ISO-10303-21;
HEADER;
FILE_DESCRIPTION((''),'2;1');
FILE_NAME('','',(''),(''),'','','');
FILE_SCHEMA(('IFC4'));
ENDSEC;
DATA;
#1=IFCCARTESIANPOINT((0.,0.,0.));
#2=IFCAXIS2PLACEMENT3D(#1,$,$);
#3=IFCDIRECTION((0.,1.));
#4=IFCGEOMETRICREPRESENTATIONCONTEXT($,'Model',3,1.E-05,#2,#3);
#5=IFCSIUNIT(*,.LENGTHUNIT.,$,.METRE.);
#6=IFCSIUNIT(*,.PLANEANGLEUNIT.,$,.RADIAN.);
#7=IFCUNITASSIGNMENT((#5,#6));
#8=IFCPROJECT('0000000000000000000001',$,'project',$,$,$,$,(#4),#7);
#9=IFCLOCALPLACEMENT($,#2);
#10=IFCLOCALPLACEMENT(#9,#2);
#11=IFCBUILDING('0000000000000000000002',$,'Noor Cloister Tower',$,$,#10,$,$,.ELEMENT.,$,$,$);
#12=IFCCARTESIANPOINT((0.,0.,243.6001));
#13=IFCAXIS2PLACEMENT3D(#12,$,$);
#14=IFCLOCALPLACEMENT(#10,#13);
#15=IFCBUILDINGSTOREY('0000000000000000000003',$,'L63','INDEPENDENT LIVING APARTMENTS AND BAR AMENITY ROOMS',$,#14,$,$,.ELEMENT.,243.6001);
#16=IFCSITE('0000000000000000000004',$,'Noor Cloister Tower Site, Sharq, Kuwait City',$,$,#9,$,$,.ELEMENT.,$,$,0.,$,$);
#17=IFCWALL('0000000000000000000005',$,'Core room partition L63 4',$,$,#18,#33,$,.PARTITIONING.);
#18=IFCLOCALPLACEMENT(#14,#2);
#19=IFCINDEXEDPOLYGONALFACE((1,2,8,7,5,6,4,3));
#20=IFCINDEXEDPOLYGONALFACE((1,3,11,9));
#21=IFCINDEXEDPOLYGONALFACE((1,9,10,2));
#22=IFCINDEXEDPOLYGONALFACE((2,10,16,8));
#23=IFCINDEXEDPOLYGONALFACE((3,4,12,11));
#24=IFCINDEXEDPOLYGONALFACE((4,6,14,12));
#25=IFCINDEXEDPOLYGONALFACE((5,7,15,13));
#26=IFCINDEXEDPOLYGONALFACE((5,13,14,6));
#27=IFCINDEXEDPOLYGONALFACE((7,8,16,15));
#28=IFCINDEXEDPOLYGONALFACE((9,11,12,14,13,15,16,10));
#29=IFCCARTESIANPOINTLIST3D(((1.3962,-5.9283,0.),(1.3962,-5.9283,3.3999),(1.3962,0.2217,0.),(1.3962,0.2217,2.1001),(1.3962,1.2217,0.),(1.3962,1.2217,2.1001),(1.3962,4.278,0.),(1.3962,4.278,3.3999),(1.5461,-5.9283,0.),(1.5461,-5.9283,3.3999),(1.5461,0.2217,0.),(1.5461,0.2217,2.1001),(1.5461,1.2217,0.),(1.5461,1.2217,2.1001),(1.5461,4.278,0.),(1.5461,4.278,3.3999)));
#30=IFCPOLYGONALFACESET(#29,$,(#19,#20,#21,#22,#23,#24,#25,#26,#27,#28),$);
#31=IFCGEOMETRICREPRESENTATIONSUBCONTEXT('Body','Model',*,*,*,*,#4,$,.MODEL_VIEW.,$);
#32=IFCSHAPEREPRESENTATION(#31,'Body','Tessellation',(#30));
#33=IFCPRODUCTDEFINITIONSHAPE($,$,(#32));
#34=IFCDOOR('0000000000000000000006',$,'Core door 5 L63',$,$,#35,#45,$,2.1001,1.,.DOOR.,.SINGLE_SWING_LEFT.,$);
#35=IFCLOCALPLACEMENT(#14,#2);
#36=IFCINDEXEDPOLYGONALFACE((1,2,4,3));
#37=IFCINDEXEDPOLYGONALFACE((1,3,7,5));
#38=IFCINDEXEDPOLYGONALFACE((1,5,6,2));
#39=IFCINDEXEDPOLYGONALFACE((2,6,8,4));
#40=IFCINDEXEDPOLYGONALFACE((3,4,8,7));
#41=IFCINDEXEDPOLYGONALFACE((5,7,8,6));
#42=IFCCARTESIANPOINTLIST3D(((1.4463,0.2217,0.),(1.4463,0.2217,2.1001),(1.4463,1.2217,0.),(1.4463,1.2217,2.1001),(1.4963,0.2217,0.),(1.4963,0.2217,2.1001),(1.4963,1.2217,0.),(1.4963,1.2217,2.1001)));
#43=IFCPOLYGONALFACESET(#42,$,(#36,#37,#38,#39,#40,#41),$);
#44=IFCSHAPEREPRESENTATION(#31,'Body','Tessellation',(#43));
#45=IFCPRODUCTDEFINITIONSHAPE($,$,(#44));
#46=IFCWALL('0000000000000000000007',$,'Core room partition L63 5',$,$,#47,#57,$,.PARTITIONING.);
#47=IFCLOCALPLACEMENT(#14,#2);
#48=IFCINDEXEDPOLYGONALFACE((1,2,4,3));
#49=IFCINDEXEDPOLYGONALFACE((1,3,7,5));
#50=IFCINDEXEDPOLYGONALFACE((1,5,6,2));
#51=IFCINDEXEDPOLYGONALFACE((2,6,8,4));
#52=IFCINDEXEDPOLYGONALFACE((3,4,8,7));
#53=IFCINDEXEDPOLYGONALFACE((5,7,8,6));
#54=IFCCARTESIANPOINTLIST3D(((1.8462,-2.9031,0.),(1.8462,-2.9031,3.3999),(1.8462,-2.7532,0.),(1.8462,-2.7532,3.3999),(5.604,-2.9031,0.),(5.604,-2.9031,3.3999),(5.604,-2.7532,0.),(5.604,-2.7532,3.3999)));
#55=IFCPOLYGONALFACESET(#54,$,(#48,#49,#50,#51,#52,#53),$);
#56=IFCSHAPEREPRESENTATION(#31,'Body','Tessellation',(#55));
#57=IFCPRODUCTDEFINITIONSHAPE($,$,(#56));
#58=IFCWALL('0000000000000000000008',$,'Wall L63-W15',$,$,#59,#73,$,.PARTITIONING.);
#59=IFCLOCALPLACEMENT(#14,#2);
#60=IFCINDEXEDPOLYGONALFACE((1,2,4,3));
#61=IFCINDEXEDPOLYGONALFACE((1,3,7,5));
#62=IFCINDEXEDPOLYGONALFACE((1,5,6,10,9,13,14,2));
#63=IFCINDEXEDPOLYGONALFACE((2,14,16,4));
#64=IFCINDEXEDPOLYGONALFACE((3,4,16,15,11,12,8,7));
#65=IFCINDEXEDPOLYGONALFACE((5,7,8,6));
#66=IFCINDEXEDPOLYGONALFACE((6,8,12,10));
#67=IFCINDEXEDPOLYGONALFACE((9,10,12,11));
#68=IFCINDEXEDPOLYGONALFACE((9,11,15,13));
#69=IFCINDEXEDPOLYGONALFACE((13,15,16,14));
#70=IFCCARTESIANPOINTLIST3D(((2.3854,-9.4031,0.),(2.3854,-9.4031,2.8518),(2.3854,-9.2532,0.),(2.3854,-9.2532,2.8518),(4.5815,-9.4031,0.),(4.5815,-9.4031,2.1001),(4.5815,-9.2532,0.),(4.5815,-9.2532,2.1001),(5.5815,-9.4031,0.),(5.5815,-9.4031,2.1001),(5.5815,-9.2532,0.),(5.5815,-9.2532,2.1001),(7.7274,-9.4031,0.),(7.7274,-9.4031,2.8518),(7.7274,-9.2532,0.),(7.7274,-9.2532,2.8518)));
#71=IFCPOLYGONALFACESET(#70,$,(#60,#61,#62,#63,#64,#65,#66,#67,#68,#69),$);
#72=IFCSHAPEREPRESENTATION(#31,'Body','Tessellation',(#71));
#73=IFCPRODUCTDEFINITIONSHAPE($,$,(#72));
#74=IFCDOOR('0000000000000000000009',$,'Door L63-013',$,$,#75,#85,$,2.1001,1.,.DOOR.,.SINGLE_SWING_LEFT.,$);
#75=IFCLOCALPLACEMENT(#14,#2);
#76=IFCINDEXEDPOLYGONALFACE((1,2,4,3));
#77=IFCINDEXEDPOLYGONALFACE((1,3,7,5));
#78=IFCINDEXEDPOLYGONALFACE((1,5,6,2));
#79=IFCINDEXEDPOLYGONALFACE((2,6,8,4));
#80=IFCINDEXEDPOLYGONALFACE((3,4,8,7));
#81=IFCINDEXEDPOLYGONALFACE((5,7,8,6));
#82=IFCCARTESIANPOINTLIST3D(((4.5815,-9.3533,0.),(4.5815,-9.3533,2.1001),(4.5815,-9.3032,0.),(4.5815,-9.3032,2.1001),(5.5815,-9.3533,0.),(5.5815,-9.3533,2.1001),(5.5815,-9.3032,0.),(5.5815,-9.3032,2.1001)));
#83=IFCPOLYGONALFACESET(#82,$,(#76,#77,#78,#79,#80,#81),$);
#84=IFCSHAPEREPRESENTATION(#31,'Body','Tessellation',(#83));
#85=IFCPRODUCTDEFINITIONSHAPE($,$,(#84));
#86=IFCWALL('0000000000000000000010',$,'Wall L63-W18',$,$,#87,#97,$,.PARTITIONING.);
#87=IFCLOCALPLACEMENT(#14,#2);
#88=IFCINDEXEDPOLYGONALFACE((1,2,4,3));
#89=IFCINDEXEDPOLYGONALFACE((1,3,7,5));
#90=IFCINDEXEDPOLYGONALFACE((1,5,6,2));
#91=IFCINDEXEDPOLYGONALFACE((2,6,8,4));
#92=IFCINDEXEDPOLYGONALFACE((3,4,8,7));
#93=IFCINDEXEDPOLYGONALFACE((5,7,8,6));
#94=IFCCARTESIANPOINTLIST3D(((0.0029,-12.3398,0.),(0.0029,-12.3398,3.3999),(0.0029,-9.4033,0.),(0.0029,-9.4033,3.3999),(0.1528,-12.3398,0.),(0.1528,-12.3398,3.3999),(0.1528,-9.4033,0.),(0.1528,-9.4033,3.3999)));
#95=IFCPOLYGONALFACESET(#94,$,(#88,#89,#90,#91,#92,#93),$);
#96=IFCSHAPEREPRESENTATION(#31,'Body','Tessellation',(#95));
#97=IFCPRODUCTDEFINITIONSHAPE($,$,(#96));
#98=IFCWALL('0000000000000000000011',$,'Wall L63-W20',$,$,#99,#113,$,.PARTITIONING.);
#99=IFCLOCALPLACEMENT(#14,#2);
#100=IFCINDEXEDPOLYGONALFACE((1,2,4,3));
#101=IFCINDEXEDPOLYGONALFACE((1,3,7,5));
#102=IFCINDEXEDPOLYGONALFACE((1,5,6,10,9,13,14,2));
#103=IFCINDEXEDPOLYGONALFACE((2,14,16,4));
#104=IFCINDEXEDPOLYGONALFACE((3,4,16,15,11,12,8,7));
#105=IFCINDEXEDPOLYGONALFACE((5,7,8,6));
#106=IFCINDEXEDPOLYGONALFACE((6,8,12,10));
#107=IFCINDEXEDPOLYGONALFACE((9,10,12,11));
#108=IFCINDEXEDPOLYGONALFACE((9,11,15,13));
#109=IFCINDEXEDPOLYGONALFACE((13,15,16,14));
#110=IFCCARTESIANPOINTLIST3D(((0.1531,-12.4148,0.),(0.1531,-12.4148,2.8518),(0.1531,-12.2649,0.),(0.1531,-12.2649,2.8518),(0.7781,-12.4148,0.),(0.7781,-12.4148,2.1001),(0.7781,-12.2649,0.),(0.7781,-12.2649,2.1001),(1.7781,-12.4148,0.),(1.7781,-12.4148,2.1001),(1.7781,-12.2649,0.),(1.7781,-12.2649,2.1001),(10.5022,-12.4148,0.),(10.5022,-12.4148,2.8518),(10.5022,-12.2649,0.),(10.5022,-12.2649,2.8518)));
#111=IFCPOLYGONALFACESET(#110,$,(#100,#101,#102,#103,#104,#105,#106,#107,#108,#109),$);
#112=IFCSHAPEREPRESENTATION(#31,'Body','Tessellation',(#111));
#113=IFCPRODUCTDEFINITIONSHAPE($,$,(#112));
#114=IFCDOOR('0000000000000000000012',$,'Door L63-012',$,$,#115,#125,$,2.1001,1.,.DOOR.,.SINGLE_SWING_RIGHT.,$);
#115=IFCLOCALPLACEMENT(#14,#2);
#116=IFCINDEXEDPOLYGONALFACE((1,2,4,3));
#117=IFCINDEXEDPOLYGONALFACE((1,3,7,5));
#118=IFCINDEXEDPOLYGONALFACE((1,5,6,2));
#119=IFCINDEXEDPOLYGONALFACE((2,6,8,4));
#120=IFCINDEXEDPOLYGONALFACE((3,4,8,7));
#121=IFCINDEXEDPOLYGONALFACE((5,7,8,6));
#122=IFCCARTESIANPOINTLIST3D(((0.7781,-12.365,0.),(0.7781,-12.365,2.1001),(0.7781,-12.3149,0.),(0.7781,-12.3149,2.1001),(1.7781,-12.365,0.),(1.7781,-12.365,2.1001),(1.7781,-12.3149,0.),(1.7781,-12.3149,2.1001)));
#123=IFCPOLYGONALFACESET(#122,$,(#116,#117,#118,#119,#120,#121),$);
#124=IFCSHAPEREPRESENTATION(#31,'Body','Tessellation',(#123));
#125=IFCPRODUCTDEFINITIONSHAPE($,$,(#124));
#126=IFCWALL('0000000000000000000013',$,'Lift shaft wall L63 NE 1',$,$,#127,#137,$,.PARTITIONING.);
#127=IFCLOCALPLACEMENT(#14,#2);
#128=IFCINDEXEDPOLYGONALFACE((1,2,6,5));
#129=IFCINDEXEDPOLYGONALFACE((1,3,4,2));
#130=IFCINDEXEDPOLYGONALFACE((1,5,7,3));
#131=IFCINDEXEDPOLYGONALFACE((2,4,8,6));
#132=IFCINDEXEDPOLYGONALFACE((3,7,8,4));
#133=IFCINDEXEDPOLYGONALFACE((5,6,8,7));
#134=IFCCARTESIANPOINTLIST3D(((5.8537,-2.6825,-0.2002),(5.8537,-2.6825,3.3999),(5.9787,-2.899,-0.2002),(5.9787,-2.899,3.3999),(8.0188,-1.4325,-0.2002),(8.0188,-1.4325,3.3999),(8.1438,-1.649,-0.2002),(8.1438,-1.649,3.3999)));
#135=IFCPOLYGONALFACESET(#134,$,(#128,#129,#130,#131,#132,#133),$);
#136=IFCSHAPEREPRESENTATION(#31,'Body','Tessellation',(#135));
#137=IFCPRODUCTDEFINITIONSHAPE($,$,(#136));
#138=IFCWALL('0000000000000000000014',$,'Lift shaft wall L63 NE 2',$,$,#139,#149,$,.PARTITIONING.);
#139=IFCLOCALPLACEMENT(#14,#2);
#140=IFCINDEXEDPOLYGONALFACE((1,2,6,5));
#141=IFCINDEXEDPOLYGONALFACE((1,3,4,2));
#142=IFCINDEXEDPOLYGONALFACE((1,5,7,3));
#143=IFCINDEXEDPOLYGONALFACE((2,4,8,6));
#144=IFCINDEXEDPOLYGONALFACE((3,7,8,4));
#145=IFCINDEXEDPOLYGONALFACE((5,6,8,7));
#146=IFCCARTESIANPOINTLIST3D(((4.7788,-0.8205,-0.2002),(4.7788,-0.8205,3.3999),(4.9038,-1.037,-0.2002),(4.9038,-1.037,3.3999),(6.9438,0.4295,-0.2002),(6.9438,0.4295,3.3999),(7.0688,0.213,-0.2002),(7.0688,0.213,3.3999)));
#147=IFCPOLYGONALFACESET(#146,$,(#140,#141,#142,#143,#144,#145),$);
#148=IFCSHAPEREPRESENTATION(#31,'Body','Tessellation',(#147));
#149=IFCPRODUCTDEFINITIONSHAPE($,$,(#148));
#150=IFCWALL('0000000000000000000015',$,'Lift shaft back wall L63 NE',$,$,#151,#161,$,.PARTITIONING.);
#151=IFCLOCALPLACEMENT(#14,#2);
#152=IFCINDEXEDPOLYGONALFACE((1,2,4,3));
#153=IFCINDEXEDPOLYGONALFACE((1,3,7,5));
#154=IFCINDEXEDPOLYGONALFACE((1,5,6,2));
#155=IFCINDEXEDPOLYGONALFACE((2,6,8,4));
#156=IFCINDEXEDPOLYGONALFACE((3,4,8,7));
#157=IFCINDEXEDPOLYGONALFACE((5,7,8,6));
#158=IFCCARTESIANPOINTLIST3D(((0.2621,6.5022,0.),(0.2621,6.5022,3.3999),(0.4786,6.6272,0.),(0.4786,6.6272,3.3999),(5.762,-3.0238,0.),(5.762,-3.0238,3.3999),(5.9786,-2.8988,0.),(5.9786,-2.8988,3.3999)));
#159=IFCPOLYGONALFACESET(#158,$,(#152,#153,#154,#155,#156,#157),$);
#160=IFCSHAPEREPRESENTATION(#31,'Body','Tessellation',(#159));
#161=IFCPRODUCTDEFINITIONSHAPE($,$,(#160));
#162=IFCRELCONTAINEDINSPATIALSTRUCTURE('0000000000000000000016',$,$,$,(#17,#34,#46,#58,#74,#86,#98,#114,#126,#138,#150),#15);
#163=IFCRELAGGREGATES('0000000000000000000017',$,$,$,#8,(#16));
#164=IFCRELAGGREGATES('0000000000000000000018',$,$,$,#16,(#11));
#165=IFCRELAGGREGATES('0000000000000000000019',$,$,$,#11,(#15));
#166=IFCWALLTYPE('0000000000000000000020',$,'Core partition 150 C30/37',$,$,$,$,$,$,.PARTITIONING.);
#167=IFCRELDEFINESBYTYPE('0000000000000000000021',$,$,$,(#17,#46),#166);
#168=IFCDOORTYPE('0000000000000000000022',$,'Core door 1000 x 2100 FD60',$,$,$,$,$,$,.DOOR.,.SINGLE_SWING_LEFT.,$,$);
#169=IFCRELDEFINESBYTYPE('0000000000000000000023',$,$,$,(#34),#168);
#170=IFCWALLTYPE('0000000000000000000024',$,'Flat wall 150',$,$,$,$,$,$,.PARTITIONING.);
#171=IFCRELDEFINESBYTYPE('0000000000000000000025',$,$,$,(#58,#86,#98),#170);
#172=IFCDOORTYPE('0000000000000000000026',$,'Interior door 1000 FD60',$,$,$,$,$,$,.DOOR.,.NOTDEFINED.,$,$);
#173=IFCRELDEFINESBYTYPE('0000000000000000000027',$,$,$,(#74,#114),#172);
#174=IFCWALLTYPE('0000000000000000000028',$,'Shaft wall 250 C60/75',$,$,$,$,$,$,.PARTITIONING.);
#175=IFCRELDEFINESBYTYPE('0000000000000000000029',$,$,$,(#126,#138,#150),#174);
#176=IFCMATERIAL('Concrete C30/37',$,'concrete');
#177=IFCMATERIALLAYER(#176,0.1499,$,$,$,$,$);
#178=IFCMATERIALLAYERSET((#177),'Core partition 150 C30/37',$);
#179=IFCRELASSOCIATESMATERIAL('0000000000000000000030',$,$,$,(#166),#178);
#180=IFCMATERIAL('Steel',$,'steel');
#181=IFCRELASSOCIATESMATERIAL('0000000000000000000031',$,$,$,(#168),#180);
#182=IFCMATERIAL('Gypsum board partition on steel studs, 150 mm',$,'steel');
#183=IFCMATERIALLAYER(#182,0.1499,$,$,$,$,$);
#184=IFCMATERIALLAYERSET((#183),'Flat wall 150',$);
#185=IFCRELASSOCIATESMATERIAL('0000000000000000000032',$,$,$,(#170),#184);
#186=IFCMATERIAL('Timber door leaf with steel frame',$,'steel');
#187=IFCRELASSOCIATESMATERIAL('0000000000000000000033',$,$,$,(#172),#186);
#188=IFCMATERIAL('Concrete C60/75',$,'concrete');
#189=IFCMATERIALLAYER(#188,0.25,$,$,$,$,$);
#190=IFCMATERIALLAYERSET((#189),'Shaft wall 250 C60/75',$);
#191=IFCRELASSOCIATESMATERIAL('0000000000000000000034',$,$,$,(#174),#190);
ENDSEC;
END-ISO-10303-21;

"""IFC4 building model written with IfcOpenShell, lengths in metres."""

from ifc_helpers import new_model, si_unit, direction, frame, frame_2d, origin, place, context, subcontext, project, spatial, rectangle, extrude, material, layer, layer_set, type_object, element, fill, save


model = new_model("IFC4")

# Units and contexts
model_context = context("Model", 3, precision=1e-05, world=origin(), true_north=direction((0.0, 1.0)))
body_context = subcontext(model_context, "Body", "Model", "MODEL_VIEW")
ifc_project = project(units=[si_unit("LENGTHUNIT", "METRE"), si_unit("PLANEANGLEUNIT", "RADIAN")], contexts=[model_context])

# Site, building, storey
site_placement = place(None, origin())
site = spatial("IfcSite", under=ifc_project, at=site_placement, Name="Noor Cloister Tower Site, Sharq, Kuwait City", CompositionType="ELEMENT", RefElevation=0.0)
building_placement = place(site_placement, origin())
building = spatial("IfcBuilding", under=site, at=building_placement, Name="Noor Cloister Tower", CompositionType="ELEMENT")
storey_placement = place(building_placement, frame((0.0, 0.0, 243.6001)))
storey = spatial("IfcBuildingStorey", under=building, at=storey_placement, Name="L63", Description="INDEPENDENT LIVING APARTMENTS AND BAR AMENITY ROOMS", CompositionType="ELEMENT", Elevation=243.6001)

# Wall, opening, door
ifc_material_1 = material(Name="Concrete C30/37", Category="concrete")
ifc_layer_1 = layer(ifc_material_1, 0.1499)
ifc_layer_set_1 = layer_set([ifc_layer_1], Name="Core partition 150 C30/37")
wall_type_1 = type_object("IfcWallType", Name="Core partition 150 C30/37", PredefinedType="PARTITIONING", material=ifc_layer_set_1)
wall_1_placement = place(storey_placement, frame((1.4712, -5.9282, 0.0), z_axis=(0.0, 0.0, 1.0), x_axis=(0.0, 1.0, 0.0)))
wall_1 = element("IfcWall", 1, at=wall_1_placement, inside=storey, type_object=wall_type_1, Name="Core room partition L63 4", PredefinedType="PARTITIONING", context=body_context, shape_type="SweptSolid", body=[
    extrude(rectangle(XDim=10.2063, YDim=0.1499, at=frame_2d((5.103, 0.0))), origin(), (0.0, 0.0, 1.0), 3.3999),
])
opening_1_placement = place(wall_1_placement, frame((6.1499, 0.0, 0.0)))
opening_1 = element("IfcOpeningElement", 2, at=opening_1_placement, cuts=wall_1, PredefinedType="OPENING", context=body_context, shape_type="SweptSolid", body=[
    extrude(rectangle(XDim=1.0, YDim=2.1001, at=frame_2d((0.5, 1.05))), frame((0.0, 0.085, 0.0), z_axis=(0.0, -1.0, 0.0), x_axis=(1.0, 0.0, 0.0)), (0.0, 0.0, 1.0), 0.1699),
])
ifc_material_2 = material(Name="Steel", Category="steel")
door_type_1 = type_object("IfcDoorType", Name="Core door 1000 x 2100 FD60", OperationType="SINGLE_SWING_LEFT", PredefinedType="DOOR", material=ifc_material_2)
door_1_placement = place(opening_1_placement, origin())
door_1 = element("IfcDoor", 3, at=door_1_placement, inside=storey, type_object=door_type_1, Name="Core door 5 L63", OperationType="SINGLE_SWING_LEFT", OverallHeight=2.1001, OverallWidth=1.0, PredefinedType="DOOR", context=body_context, shape_type="SweptSolid", body=[
    extrude(rectangle(XDim=1.0, YDim=2.1001, at=frame_2d((0.5, 1.05))), frame((0.0, 0.0249, 0.0), z_axis=(0.0, -1.0, 0.0), x_axis=(1.0, 0.0, 0.0)), (0.0, 0.0, 1.0), 0.05),
])
fill(opening_1, door_1)

# Wall
wall_2_placement = place(storey_placement, frame((1.8462, -2.8281, 0.0), z_axis=(0.0, 0.0, 1.0), x_axis=(1.0, 0.0, 0.0)))
element("IfcWall", 4, at=wall_2_placement, inside=storey, type_object=wall_type_1, Name="Core room partition L63 5", PredefinedType="PARTITIONING", context=body_context, shape_type="SweptSolid", body=[
    extrude(rectangle(XDim=3.7578, YDim=0.1499, at=frame_2d((1.8789, 0.0))), origin(), (0.0, 0.0, 1.0), 3.3999),
])

# Wall, opening, door
ifc_material_3 = material(Name="Gypsum board partition on steel studs, 150 mm", Category="steel")
ifc_layer_2 = layer(ifc_material_3, 0.1499)
ifc_layer_set_2 = layer_set([ifc_layer_2], Name="Flat wall 150")
wall_type_2 = type_object("IfcWallType", Name="Flat wall 150", PredefinedType="PARTITIONING", material=ifc_layer_set_2)
wall_3_placement = place(storey_placement, frame((2.3855, -9.3281, 0.0), z_axis=(0.0, 0.0, 1.0), x_axis=(1.0, 0.0, 0.0)))
wall_3 = element("IfcWall", 5, at=wall_3_placement, inside=storey, type_object=wall_type_2, Name="Wall L63-W15", PredefinedType="PARTITIONING", context=body_context, shape_type="SweptSolid", body=[
    extrude(rectangle(XDim=5.342, YDim=0.1499, at=frame_2d((2.6709, 0.0))), origin(), (0.0, 0.0, 1.0), 2.8518),
])
opening_2_placement = place(wall_3_placement, frame((2.196, 0.0, 0.0)))
opening_2 = element("IfcOpeningElement", 6, at=opening_2_placement, cuts=wall_3, PredefinedType="OPENING", context=body_context, shape_type="SweptSolid", body=[
    extrude(rectangle(XDim=1.0, YDim=2.1001, at=frame_2d((0.5, 1.05))), frame((0.0, 0.085, 0.0), z_axis=(0.0, -1.0, 0.0), x_axis=(1.0, 0.0, 0.0)), (0.0, 0.0, 1.0), 0.1699),
])
ifc_material_4 = material(Name="Timber door leaf with steel frame", Category="steel")
door_type_2 = type_object("IfcDoorType", Name="Interior door 1000 FD60", OperationType="NOTDEFINED", PredefinedType="DOOR", material=ifc_material_4)
door_2_placement = place(opening_2_placement, origin())
door_2 = element("IfcDoor", 7, at=door_2_placement, inside=storey, type_object=door_type_2, Name="Door L63-013", OperationType="SINGLE_SWING_LEFT", OverallHeight=2.1001, OverallWidth=1.0, PredefinedType="DOOR", context=body_context, shape_type="SweptSolid", body=[
    extrude(rectangle(XDim=1.0, YDim=2.1001, at=frame_2d((0.5, 1.05))), frame((0.0, 0.0249, 0.0), z_axis=(0.0, -1.0, 0.0), x_axis=(1.0, 0.0, 0.0)), (0.0, 0.0, 1.0), 0.05),
])
fill(opening_2, door_2)

# Wall
wall_4_placement = place(storey_placement, frame((0.0779, -9.4033, 0.0), z_axis=(0.0, 0.0, 1.0), x_axis=(0.0, -1.0, 0.0)))
element("IfcWall", 8, at=wall_4_placement, inside=storey, type_object=wall_type_2, Name="Wall L63-W18", PredefinedType="PARTITIONING", context=body_context, shape_type="SweptSolid", body=[
    extrude(rectangle(XDim=2.9365, YDim=0.1499, at=frame_2d((1.4683, 0.0))), origin(), (0.0, 0.0, 1.0), 3.3999),
])

# Wall, opening, door
wall_5_placement = place(storey_placement, frame((0.1531, -12.3398, 0.0), z_axis=(0.0, 0.0, 1.0), x_axis=(1.0, 0.0, 0.0)))
wall_5 = element("IfcWall", 9, at=wall_5_placement, inside=storey, type_object=wall_type_2, Name="Wall L63-W20", PredefinedType="PARTITIONING", context=body_context, shape_type="SweptSolid", body=[
    extrude(rectangle(XDim=10.3491, YDim=0.1499, at=frame_2d((5.1746, 0.0))), origin(), (0.0, 0.0, 1.0), 2.8518),
])
opening_3_placement = place(wall_5_placement, frame((0.625, 0.0, 0.0)))
opening_3 = element("IfcOpeningElement", 10, at=opening_3_placement, cuts=wall_5, PredefinedType="OPENING", context=body_context, shape_type="SweptSolid", body=[
    extrude(rectangle(XDim=1.0, YDim=2.1001, at=frame_2d((0.5, 1.05))), frame((0.0, 0.085, 0.0), z_axis=(0.0, -1.0, 0.0), x_axis=(1.0, 0.0, 0.0)), (0.0, 0.0, 1.0), 0.1699),
])
door_3_placement = place(opening_3_placement, origin())
door_3 = element("IfcDoor", 11, at=door_3_placement, inside=storey, type_object=door_type_2, Name="Door L63-012", OperationType="SINGLE_SWING_RIGHT", OverallHeight=2.1001, OverallWidth=1.0, PredefinedType="DOOR", context=body_context, shape_type="SweptSolid", body=[
    extrude(rectangle(XDim=1.0, YDim=2.1001, at=frame_2d((0.5, 1.05))), frame((0.0, 0.0249, 0.0), z_axis=(0.0, -1.0, 0.0), x_axis=(1.0, 0.0, 0.0)), (0.0, 0.0, 1.0), 0.05),
])
fill(opening_3, door_3)

# Walls
ifc_material_5 = material(Name="Concrete C60/75", Category="concrete")
ifc_layer_3 = layer(ifc_material_5, 0.25)
ifc_layer_set_3 = layer_set([ifc_layer_3], Name="Shaft wall 250 C60/75")
wall_type_3 = type_object("IfcWallType", Name="Shaft wall 250 C60/75", PredefinedType="PARTITIONING", material=ifc_layer_set_3)
for number, where, z_axis, x_axis, name in (
    (12, (8.0813, -1.5408, -0.2002), (0.0, 0.0, 1.0), (-0.866023, -0.500004, 0.0), "Lift shaft wall L63 NE 1"),
    (13, (7.0063, 0.3213, -0.2002), (0.0, 0.0, 1.0), (-0.866023, -0.500004, 0.0), "Lift shaft wall L63 NE 2"),
):
    element("IfcWall", number, at=place(storey_placement, frame(where, z_axis=z_axis, x_axis=x_axis)), inside=storey, type_object=wall_type_3, Name=name, PredefinedType="PARTITIONING", context=body_context, shape_type="SweptSolid", body=[
        extrude(rectangle(XDim=2.5, YDim=0.25, at=frame_2d((1.25, 0.0))), origin(), (0.0, 0.0, 1.0), 3.6001),
    ])
wall_6_placement = place(storey_placement, frame((5.8704, -2.9614, 0.0), z_axis=(0.0, 0.0, 1.0), x_axis=(-0.500006, 0.866022, 0.0)))
element("IfcWall", 14, at=wall_6_placement, inside=storey, type_object=wall_type_3, Name="Lift shaft back wall L63 NE", PredefinedType="PARTITIONING", context=body_context, shape_type="SweptSolid", body=[
    extrude(rectangle(XDim=10.9998, YDim=0.25, at=frame_2d((5.5, 0.0))), origin(), (0.0, 0.0, 1.0), 3.3999),
])

save(model, "model.ifc")
